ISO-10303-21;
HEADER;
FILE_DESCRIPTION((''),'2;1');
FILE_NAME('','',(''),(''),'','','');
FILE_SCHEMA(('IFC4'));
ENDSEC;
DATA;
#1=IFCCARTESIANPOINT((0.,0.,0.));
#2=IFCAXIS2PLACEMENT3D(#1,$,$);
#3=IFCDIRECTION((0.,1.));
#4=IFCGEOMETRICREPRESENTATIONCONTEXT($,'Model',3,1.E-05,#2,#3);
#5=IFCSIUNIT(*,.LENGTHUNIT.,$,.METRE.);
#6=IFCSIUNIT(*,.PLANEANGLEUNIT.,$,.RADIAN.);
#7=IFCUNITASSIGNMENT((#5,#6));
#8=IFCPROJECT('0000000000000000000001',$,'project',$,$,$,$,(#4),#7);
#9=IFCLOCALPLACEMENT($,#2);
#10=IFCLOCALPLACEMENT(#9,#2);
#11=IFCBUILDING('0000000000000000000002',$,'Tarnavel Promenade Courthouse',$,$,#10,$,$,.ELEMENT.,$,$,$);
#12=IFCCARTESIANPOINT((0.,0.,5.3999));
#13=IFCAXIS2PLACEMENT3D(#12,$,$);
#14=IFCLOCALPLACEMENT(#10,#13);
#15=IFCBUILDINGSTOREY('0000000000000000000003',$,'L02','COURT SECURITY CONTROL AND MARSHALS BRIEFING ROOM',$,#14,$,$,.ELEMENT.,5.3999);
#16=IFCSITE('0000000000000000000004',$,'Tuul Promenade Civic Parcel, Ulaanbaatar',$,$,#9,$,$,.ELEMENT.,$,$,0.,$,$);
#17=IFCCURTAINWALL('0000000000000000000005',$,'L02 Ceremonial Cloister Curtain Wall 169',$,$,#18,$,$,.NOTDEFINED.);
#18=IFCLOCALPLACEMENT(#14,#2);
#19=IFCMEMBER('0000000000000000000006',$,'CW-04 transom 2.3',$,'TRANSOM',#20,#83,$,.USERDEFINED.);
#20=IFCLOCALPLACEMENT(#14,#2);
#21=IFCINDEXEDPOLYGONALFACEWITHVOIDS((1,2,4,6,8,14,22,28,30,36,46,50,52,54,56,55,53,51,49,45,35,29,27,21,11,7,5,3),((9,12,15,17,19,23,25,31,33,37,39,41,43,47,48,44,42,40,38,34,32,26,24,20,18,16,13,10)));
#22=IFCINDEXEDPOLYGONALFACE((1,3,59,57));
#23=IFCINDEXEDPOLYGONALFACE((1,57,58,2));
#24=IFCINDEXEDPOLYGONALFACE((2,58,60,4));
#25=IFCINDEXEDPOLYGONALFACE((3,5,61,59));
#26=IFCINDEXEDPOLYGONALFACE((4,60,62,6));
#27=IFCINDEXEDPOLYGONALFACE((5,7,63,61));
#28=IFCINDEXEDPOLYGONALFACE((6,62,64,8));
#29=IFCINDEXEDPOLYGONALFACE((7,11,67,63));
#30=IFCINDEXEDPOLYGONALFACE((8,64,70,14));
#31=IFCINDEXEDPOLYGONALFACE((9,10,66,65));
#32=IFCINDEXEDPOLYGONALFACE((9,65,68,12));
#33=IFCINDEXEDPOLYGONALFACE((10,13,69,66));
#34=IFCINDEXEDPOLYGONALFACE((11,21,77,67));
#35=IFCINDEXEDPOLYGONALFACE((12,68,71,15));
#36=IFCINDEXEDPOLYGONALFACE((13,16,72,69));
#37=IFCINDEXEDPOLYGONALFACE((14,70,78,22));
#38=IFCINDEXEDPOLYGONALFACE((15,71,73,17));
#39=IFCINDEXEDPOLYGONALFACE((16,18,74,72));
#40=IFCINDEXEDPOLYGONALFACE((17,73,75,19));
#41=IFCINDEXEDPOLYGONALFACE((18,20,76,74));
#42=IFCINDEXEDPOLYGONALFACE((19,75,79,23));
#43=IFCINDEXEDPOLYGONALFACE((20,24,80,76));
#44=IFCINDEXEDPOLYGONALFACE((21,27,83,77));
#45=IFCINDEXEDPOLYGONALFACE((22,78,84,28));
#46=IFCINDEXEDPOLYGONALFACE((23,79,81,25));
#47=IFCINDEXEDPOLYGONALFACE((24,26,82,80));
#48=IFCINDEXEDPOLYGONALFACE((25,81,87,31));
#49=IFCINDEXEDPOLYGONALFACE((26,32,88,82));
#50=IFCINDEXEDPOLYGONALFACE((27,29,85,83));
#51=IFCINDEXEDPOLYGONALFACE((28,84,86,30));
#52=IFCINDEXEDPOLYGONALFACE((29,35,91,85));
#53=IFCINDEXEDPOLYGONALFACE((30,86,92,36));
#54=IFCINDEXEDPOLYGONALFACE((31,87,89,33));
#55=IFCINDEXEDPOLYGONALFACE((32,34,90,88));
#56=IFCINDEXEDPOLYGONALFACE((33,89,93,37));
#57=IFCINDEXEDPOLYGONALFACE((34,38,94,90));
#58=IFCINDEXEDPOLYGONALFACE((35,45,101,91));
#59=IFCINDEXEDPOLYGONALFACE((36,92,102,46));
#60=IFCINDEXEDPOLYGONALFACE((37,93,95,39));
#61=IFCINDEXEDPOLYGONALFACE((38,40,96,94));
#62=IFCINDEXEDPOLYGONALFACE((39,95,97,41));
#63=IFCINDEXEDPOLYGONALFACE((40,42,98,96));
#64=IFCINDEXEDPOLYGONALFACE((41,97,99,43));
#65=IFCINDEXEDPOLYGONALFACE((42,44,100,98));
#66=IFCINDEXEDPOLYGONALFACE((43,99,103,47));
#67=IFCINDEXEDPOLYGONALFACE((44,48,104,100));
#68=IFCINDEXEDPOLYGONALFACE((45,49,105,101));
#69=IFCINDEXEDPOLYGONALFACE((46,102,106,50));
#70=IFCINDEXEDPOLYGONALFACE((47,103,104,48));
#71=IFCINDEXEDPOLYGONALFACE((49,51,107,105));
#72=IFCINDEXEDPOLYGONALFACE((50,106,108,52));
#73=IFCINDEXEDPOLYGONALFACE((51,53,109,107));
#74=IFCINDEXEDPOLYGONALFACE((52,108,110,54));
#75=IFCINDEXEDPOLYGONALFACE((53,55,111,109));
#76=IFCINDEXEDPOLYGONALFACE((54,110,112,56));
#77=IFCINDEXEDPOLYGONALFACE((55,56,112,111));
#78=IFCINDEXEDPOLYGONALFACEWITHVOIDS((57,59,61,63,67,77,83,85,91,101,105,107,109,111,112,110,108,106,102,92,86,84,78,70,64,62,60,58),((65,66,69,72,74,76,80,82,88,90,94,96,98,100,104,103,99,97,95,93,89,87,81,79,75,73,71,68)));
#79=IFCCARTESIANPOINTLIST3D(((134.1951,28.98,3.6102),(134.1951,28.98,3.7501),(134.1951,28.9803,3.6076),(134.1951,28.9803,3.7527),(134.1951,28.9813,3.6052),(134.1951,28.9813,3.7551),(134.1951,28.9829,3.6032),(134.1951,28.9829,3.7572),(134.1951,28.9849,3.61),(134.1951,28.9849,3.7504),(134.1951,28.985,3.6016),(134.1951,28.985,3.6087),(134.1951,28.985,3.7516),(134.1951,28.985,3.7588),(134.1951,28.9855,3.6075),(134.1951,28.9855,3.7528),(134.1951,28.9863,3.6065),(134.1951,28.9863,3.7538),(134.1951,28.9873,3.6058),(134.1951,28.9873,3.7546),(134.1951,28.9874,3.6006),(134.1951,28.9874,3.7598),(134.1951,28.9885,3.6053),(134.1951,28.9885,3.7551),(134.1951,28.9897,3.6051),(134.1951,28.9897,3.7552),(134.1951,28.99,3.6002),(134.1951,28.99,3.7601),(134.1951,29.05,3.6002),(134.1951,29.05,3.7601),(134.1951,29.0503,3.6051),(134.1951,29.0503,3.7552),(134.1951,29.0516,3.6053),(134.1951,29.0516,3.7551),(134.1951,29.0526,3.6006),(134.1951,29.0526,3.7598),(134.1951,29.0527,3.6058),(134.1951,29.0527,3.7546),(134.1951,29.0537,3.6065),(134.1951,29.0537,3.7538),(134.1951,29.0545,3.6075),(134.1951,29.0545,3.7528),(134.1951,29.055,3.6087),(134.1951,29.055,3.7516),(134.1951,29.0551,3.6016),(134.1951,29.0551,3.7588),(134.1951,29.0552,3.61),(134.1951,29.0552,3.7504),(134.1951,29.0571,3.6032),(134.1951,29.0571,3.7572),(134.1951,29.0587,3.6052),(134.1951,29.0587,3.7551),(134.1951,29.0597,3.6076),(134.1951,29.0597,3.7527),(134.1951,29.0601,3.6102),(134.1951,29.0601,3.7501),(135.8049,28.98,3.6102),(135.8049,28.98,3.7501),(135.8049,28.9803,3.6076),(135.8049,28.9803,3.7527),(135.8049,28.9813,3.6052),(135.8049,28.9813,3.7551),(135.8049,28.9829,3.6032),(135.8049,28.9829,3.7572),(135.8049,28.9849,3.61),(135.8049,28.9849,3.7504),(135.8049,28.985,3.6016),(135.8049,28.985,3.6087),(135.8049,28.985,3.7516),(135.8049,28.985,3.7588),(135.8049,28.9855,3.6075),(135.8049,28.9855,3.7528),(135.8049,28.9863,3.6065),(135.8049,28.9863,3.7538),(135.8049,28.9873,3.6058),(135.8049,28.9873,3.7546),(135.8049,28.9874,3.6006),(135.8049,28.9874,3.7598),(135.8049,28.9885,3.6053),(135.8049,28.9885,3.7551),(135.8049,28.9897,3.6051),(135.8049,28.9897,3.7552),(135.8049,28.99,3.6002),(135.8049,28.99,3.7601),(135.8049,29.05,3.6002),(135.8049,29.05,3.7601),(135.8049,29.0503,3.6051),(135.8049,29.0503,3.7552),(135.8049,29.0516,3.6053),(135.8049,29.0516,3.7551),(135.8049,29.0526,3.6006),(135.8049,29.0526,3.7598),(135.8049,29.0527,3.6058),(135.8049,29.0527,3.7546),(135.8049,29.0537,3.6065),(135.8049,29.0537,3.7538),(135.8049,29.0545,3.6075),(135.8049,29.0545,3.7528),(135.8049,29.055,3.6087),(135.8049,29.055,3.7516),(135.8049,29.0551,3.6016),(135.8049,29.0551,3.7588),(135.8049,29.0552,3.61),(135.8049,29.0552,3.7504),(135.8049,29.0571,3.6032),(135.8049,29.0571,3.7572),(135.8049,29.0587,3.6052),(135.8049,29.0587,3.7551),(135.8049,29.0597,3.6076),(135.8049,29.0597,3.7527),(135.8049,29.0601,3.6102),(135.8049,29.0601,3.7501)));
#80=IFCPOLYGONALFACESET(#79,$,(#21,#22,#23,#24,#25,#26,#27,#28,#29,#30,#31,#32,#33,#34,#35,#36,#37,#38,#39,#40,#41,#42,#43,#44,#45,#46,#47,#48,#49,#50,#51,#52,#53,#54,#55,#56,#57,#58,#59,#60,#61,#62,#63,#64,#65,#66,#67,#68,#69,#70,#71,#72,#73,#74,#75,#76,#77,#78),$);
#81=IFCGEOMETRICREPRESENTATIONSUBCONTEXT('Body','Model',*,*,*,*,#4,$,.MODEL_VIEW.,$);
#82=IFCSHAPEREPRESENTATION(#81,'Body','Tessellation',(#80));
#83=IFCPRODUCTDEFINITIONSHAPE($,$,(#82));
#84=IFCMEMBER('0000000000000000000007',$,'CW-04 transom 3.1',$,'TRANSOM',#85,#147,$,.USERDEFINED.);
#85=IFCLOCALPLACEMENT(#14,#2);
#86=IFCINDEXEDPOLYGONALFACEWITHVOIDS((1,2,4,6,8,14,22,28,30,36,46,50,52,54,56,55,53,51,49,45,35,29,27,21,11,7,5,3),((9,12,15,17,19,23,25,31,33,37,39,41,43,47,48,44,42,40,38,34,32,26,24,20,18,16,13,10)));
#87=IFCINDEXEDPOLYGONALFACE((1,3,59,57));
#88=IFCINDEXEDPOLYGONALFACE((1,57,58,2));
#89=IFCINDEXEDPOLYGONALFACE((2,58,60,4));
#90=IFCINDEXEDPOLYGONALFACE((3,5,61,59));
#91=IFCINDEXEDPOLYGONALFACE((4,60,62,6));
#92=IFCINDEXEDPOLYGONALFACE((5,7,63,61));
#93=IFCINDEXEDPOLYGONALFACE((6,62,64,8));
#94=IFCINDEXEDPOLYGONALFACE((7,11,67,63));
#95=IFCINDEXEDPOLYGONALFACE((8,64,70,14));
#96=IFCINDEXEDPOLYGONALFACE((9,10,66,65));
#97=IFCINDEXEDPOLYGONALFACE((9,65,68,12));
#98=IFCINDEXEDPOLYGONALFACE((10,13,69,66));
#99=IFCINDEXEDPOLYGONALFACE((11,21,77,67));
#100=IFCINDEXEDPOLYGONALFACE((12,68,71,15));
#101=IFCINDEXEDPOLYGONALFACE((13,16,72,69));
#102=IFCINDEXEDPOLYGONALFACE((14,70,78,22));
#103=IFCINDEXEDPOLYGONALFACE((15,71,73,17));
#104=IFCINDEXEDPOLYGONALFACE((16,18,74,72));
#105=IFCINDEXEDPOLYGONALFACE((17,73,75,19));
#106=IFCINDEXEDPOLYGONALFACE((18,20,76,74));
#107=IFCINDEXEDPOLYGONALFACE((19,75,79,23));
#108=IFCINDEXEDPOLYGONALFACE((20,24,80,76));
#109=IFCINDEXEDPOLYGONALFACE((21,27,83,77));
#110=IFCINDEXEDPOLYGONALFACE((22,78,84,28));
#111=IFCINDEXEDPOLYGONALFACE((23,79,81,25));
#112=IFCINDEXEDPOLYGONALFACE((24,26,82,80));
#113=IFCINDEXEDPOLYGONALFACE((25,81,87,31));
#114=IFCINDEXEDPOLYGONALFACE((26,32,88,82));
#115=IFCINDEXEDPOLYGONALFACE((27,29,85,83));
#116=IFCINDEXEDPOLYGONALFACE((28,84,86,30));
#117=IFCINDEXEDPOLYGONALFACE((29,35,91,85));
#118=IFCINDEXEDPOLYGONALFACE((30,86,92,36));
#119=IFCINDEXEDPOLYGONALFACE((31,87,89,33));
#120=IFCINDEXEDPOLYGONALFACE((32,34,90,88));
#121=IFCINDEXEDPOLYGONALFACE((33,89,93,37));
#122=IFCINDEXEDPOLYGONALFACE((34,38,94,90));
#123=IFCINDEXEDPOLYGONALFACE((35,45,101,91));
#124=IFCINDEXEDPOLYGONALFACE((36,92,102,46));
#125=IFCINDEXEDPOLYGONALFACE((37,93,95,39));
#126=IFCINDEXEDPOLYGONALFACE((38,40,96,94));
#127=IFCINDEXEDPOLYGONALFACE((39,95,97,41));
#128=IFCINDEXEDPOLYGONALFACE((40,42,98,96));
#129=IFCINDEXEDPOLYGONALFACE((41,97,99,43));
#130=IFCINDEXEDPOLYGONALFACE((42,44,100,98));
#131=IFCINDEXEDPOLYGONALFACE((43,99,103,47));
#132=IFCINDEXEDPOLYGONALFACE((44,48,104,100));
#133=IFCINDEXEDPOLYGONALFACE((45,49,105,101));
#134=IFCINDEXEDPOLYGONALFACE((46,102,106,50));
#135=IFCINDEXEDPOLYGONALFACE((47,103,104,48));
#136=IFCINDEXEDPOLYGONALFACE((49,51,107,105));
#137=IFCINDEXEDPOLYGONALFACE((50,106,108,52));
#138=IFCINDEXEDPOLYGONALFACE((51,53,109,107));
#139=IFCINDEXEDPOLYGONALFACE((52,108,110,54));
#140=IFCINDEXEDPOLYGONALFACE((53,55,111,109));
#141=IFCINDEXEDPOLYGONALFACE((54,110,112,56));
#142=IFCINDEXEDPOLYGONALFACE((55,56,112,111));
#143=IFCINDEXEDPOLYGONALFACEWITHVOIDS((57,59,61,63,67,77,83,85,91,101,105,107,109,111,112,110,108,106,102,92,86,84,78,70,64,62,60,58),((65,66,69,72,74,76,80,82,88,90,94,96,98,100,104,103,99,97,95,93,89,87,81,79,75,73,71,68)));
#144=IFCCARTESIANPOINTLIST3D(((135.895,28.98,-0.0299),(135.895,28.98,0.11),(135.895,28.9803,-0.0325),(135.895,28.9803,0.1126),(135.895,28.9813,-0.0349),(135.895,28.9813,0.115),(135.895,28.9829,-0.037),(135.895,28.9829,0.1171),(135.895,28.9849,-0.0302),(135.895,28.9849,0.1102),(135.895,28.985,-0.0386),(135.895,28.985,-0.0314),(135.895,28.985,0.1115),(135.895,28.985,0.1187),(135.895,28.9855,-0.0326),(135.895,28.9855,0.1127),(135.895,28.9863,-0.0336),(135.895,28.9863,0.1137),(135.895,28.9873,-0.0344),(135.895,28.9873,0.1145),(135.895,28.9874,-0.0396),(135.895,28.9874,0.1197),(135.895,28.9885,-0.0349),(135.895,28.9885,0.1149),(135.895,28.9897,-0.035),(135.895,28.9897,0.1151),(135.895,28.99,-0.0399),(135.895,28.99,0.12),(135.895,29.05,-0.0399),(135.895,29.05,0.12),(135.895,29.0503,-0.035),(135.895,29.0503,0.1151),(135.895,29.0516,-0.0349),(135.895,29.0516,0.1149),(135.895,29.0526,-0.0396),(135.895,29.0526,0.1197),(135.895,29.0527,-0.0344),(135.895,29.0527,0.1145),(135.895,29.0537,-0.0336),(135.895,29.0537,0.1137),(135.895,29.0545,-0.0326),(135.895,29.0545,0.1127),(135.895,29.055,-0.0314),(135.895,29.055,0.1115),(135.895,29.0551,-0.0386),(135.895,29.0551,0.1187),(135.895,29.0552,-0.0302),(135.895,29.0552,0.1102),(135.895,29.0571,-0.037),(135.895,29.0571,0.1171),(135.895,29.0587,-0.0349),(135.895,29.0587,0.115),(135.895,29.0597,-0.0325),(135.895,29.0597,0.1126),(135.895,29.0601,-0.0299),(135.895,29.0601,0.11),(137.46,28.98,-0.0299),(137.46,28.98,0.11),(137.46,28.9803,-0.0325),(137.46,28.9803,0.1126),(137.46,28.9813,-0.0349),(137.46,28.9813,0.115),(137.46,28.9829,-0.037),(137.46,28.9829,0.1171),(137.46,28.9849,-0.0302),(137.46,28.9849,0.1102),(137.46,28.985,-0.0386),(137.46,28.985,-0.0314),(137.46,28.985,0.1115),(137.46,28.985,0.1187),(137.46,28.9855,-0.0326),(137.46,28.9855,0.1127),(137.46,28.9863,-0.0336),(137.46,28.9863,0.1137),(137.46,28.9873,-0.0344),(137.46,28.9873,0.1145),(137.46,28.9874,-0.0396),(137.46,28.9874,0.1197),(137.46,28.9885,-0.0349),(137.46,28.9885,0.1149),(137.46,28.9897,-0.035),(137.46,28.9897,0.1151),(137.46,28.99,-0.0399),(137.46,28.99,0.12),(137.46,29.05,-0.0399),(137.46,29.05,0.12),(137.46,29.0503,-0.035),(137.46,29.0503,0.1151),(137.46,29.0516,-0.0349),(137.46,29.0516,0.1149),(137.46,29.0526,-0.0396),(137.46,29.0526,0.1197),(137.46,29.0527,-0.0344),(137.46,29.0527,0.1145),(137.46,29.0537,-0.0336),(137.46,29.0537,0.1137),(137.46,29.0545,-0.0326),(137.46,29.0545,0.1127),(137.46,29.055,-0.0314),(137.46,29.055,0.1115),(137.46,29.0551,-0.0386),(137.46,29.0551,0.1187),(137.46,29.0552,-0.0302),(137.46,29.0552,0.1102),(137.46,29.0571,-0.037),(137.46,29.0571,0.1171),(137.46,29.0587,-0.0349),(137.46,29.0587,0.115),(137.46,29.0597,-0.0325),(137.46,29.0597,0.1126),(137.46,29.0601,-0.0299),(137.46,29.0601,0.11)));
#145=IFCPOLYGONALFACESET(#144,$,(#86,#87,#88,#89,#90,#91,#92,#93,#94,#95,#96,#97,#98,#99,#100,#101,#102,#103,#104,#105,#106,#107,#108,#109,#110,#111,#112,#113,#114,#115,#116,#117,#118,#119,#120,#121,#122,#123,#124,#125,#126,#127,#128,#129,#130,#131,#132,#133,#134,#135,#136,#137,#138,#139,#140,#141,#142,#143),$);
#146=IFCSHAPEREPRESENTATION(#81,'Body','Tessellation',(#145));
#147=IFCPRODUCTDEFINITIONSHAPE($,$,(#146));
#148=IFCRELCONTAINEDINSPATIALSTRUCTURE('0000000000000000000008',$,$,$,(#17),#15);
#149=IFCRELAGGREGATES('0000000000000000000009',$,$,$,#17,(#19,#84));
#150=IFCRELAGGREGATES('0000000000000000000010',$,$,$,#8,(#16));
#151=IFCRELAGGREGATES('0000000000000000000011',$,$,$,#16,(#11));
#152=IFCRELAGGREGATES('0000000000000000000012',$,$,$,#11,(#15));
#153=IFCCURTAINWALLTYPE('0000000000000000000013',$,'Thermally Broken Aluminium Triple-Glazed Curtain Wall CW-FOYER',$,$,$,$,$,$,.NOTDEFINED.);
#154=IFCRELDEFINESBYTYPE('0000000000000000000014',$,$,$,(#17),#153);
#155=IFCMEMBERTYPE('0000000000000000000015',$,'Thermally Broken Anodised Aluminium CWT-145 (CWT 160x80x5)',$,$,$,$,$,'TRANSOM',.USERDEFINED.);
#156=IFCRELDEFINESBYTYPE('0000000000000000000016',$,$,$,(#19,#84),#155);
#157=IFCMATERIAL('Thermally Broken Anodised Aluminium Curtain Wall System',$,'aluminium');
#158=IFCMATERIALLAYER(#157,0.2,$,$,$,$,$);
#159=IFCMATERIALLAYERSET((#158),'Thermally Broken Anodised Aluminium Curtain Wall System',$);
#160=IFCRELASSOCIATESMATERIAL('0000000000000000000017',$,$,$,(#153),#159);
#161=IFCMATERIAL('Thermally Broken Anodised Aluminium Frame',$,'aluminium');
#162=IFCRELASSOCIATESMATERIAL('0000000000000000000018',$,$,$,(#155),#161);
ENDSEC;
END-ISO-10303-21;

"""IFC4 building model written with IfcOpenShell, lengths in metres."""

from ifc_helpers import new_model, si_unit, direction, frame, origin, origin_2d, place, context, subcontext, project, spatial, hollow_rectangle, extrude, material, layer, layer_set, material_profile, profile_set, type_object, element, aggregate, save


model = new_model("IFC4")

# Units and contexts
model_context = context("Model", 3, precision=1e-05, world=origin(), true_north=direction((0.0, 1.0)))
body_context = subcontext(model_context, "Body", "Model", "MODEL_VIEW")
ifc_project = project(units=[si_unit("LENGTHUNIT", "METRE"), si_unit("PLANEANGLEUNIT", "RADIAN")], contexts=[model_context])

# Site, building, storey
site_placement = place(None, origin())
site = spatial("IfcSite", under=ifc_project, at=site_placement, Name="Tuul Promenade Civic Parcel, Ulaanbaatar", CompositionType="ELEMENT", RefElevation=0.0)
building_placement = place(site_placement, origin())
building = spatial("IfcBuilding", under=site, at=building_placement, Name="Tarnavel Promenade Courthouse", CompositionType="ELEMENT")
storey_placement = place(building_placement, frame((0.0, 0.0, 5.3999)))
storey = spatial("IfcBuildingStorey", under=building, at=storey_placement, Name="L02", Description="COURT SECURITY CONTROL AND MARSHALS BRIEFING ROOM", CompositionType="ELEMENT", Elevation=5.3999)

# Curtain wall
ifc_material_1 = material(Name="Thermally Broken Anodised Aluminium Curtain Wall System", Category="aluminium")
ifc_layer_1 = layer(ifc_material_1, 0.2)
ifc_layer_set_1 = layer_set([ifc_layer_1], Name="Thermally Broken Anodised Aluminium Curtain Wall System")
curtain_wall_type = type_object("IfcCurtainWallType", Name="Thermally Broken Aluminium Triple-Glazed Curtain Wall CW-FOYER", PredefinedType="NOTDEFINED", material=ifc_layer_set_1)
ifc_material_2 = material(Name="Thermally Broken Anodised Aluminium Frame", Category="aluminium")
curtain_wall_1_placement = place(storey_placement, origin())
curtain_wall_1 = element("IfcCurtainWall", 1, at=curtain_wall_1_placement, inside=storey, type_object=curtain_wall_type, Name="L02 Ceremonial Cloister Curtain Wall 169", PredefinedType="NOTDEFINED")

# Members
ifc_material_profile_1 = material_profile(ifc_material_2, hollow_rectangle(XDim=0.0801, YDim=0.1599, WallThickness=0.0049, InnerFilletRadius=0.0049, OuterFilletRadius=0.01, at=origin_2d()), Name="CWT 160x80x5")
ifc_profile_set_1 = profile_set([ifc_material_profile_1], Name="Thermally Broken Anodised Aluminium Frame")
member_type_1 = type_object("IfcMemberType", Name="Thermally Broken Anodised Aluminium CWT-145 (CWT 160x80x5)", ElementType="TRANSOM", PredefinedType="USERDEFINED", material=ifc_profile_set_1)
member_1_placement = place(storey_placement, frame((134.1951, 29.02, 3.6802), z_axis=(1.0, 0.0, 0.0), x_axis=(0.0, 1.0, 0.0)))
member_1 = element("IfcMember", 2, at=member_1_placement, type_object=member_type_1, Name="CW-04 transom 2.3", ObjectType="TRANSOM", PredefinedType="USERDEFINED", context=body_context, shape_type="SweptSolid", body=[
    extrude(hollow_rectangle(XDim=0.0801, YDim=0.1599, WallThickness=0.0049, InnerFilletRadius=0.0049, OuterFilletRadius=0.01, at=origin_2d()), origin(), (0.0, 0.0, 1.0), 1.6099),
])
member_2_placement = place(storey_placement, frame((135.895, 29.02, 0.04), z_axis=(1.0, 0.0, 0.0), x_axis=(0.0, 1.0, 0.0)))
member_2 = element("IfcMember", 3, at=member_2_placement, type_object=member_type_1, Name="CW-04 transom 3.1", ObjectType="TRANSOM", PredefinedType="USERDEFINED", context=body_context, shape_type="SweptSolid", body=[
    extrude(hollow_rectangle(XDim=0.0801, YDim=0.1599, WallThickness=0.0049, InnerFilletRadius=0.0049, OuterFilletRadius=0.01, at=origin_2d()), origin(), (0.0, 0.0, 1.0), 1.5649),
])

aggregate(curtain_wall_1, [member_1, member_2])

save(model, "model.ifc")
